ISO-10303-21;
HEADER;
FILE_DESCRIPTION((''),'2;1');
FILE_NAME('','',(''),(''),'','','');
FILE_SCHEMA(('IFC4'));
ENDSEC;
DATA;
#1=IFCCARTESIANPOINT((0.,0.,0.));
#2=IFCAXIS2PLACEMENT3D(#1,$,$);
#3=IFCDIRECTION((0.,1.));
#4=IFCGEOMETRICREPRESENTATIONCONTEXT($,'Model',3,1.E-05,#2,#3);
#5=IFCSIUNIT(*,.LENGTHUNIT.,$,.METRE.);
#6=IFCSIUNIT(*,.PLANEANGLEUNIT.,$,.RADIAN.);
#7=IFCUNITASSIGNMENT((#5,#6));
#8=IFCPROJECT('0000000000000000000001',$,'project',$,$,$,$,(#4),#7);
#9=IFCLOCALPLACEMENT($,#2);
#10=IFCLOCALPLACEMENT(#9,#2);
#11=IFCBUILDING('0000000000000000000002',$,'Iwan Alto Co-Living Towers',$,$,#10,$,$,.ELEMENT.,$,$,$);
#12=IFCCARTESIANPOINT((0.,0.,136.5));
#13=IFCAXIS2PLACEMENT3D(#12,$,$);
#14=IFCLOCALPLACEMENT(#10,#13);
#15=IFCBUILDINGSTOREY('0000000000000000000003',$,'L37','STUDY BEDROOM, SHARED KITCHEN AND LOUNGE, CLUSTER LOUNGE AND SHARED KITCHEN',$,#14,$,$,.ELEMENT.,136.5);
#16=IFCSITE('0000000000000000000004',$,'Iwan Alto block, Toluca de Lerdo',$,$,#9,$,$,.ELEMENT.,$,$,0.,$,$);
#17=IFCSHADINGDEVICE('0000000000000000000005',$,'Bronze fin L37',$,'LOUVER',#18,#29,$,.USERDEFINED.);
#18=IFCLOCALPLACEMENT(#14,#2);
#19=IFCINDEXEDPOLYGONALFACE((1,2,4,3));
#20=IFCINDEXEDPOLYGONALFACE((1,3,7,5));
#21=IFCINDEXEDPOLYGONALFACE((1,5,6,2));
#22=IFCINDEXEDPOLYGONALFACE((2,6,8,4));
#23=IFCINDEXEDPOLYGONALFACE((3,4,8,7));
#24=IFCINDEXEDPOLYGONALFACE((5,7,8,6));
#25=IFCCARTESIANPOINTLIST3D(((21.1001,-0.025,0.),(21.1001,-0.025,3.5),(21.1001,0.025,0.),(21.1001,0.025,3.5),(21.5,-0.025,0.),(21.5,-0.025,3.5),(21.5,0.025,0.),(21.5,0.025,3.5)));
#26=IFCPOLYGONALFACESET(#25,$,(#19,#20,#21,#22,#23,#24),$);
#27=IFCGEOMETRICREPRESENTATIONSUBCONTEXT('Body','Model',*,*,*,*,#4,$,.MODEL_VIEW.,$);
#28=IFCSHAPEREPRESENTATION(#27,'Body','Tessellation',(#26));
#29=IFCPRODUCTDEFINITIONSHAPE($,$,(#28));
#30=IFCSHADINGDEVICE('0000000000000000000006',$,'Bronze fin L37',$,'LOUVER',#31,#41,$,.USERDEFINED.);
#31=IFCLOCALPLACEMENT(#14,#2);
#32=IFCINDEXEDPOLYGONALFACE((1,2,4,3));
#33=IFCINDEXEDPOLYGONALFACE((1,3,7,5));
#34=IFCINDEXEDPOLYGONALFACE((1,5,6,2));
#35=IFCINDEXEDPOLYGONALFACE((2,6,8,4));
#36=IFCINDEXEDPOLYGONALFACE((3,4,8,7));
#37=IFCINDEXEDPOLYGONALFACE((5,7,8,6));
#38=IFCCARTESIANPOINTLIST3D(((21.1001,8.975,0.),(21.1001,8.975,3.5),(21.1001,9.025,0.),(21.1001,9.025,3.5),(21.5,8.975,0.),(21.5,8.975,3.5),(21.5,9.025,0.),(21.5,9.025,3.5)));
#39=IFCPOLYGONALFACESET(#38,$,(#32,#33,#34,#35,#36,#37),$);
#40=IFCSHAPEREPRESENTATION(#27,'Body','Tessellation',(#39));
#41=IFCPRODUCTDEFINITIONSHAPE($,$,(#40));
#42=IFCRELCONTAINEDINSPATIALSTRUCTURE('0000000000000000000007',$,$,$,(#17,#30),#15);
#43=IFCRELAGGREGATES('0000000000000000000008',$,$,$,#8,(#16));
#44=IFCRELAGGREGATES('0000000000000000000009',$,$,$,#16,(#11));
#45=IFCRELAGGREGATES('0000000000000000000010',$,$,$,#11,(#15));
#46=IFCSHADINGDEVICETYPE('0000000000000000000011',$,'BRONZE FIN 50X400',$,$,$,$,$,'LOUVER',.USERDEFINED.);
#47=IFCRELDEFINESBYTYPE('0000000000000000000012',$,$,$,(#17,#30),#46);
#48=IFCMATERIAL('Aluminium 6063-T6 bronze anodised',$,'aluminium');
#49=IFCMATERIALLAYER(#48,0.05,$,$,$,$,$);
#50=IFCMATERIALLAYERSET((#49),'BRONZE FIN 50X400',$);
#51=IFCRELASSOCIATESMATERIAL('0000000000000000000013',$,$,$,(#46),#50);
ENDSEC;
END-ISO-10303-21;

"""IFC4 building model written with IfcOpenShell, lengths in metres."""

from ifc_helpers import new_model, si_unit, direction, frame, origin, origin_2d, place, context, subcontext, project, spatial, rectangle, extrude, material, layer, layer_set, type_object, element, save


model = new_model("IFC4")

# Units and contexts
model_context = context("Model", 3, precision=1e-05, world=origin(), true_north=direction((0.0, 1.0)))
body_context = subcontext(model_context, "Body", "Model", "MODEL_VIEW")
ifc_project = project(units=[si_unit("LENGTHUNIT", "METRE"), si_unit("PLANEANGLEUNIT", "RADIAN")], contexts=[model_context])

# Site, building, storey
site_placement = place(None, origin())
site = spatial("IfcSite", under=ifc_project, at=site_placement, Name="Iwan Alto block, Toluca de Lerdo", CompositionType="ELEMENT", RefElevation=0.0)
building_placement = place(site_placement, origin())
building = spatial("IfcBuilding", under=site, at=building_placement, Name="Iwan Alto Co-Living Towers", CompositionType="ELEMENT")
storey_placement = place(building_placement, frame((0.0, 0.0, 136.5)))
storey = spatial("IfcBuildingStorey", under=building, at=storey_placement, Name="L37", Description="STUDY BEDROOM, SHARED KITCHEN AND LOUNGE, CLUSTER LOUNGE AND SHARED KITCHEN", CompositionType="ELEMENT", Elevation=136.5)

# Shading devices
ifc_material_1 = material(Name="Aluminium 6063-T6 bronze anodised", Category="aluminium")
ifc_layer_1 = layer(ifc_material_1, 0.05)
ifc_layer_set_1 = layer_set([ifc_layer_1], Name="BRONZE FIN 50X400")
shading_device_type = type_object("IfcShadingDeviceType", Name="BRONZE FIN 50X400", ElementType="LOUVER", PredefinedType="USERDEFINED", material=ifc_layer_set_1)
for number, where, z_axis, x_axis, name in (
    (1, (21.3, 0.0, 0.0), (0.0, 0.0, 1.0), (0.0, 1.0, 0.0), "Bronze fin L37"),
    (2, (21.3, 9.0, 0.0), (0.0, 0.0, 1.0), (0.0, 1.0, 0.0), "Bronze fin L37"),
):
    element("IfcShadingDevice", number, at=place(storey_placement, frame(where, z_axis=z_axis, x_axis=x_axis)), inside=storey, type_object=shading_device_type, Name=name, ObjectType="LOUVER", PredefinedType="USERDEFINED", context=body_context, shape_type="SweptSolid", body=[
        extrude(rectangle(XDim=0.05, YDim=0.3999, at=origin_2d()), origin(), (0.0, 0.0, 1.0), 3.5),
    ])

save(model, "model.ifc")
